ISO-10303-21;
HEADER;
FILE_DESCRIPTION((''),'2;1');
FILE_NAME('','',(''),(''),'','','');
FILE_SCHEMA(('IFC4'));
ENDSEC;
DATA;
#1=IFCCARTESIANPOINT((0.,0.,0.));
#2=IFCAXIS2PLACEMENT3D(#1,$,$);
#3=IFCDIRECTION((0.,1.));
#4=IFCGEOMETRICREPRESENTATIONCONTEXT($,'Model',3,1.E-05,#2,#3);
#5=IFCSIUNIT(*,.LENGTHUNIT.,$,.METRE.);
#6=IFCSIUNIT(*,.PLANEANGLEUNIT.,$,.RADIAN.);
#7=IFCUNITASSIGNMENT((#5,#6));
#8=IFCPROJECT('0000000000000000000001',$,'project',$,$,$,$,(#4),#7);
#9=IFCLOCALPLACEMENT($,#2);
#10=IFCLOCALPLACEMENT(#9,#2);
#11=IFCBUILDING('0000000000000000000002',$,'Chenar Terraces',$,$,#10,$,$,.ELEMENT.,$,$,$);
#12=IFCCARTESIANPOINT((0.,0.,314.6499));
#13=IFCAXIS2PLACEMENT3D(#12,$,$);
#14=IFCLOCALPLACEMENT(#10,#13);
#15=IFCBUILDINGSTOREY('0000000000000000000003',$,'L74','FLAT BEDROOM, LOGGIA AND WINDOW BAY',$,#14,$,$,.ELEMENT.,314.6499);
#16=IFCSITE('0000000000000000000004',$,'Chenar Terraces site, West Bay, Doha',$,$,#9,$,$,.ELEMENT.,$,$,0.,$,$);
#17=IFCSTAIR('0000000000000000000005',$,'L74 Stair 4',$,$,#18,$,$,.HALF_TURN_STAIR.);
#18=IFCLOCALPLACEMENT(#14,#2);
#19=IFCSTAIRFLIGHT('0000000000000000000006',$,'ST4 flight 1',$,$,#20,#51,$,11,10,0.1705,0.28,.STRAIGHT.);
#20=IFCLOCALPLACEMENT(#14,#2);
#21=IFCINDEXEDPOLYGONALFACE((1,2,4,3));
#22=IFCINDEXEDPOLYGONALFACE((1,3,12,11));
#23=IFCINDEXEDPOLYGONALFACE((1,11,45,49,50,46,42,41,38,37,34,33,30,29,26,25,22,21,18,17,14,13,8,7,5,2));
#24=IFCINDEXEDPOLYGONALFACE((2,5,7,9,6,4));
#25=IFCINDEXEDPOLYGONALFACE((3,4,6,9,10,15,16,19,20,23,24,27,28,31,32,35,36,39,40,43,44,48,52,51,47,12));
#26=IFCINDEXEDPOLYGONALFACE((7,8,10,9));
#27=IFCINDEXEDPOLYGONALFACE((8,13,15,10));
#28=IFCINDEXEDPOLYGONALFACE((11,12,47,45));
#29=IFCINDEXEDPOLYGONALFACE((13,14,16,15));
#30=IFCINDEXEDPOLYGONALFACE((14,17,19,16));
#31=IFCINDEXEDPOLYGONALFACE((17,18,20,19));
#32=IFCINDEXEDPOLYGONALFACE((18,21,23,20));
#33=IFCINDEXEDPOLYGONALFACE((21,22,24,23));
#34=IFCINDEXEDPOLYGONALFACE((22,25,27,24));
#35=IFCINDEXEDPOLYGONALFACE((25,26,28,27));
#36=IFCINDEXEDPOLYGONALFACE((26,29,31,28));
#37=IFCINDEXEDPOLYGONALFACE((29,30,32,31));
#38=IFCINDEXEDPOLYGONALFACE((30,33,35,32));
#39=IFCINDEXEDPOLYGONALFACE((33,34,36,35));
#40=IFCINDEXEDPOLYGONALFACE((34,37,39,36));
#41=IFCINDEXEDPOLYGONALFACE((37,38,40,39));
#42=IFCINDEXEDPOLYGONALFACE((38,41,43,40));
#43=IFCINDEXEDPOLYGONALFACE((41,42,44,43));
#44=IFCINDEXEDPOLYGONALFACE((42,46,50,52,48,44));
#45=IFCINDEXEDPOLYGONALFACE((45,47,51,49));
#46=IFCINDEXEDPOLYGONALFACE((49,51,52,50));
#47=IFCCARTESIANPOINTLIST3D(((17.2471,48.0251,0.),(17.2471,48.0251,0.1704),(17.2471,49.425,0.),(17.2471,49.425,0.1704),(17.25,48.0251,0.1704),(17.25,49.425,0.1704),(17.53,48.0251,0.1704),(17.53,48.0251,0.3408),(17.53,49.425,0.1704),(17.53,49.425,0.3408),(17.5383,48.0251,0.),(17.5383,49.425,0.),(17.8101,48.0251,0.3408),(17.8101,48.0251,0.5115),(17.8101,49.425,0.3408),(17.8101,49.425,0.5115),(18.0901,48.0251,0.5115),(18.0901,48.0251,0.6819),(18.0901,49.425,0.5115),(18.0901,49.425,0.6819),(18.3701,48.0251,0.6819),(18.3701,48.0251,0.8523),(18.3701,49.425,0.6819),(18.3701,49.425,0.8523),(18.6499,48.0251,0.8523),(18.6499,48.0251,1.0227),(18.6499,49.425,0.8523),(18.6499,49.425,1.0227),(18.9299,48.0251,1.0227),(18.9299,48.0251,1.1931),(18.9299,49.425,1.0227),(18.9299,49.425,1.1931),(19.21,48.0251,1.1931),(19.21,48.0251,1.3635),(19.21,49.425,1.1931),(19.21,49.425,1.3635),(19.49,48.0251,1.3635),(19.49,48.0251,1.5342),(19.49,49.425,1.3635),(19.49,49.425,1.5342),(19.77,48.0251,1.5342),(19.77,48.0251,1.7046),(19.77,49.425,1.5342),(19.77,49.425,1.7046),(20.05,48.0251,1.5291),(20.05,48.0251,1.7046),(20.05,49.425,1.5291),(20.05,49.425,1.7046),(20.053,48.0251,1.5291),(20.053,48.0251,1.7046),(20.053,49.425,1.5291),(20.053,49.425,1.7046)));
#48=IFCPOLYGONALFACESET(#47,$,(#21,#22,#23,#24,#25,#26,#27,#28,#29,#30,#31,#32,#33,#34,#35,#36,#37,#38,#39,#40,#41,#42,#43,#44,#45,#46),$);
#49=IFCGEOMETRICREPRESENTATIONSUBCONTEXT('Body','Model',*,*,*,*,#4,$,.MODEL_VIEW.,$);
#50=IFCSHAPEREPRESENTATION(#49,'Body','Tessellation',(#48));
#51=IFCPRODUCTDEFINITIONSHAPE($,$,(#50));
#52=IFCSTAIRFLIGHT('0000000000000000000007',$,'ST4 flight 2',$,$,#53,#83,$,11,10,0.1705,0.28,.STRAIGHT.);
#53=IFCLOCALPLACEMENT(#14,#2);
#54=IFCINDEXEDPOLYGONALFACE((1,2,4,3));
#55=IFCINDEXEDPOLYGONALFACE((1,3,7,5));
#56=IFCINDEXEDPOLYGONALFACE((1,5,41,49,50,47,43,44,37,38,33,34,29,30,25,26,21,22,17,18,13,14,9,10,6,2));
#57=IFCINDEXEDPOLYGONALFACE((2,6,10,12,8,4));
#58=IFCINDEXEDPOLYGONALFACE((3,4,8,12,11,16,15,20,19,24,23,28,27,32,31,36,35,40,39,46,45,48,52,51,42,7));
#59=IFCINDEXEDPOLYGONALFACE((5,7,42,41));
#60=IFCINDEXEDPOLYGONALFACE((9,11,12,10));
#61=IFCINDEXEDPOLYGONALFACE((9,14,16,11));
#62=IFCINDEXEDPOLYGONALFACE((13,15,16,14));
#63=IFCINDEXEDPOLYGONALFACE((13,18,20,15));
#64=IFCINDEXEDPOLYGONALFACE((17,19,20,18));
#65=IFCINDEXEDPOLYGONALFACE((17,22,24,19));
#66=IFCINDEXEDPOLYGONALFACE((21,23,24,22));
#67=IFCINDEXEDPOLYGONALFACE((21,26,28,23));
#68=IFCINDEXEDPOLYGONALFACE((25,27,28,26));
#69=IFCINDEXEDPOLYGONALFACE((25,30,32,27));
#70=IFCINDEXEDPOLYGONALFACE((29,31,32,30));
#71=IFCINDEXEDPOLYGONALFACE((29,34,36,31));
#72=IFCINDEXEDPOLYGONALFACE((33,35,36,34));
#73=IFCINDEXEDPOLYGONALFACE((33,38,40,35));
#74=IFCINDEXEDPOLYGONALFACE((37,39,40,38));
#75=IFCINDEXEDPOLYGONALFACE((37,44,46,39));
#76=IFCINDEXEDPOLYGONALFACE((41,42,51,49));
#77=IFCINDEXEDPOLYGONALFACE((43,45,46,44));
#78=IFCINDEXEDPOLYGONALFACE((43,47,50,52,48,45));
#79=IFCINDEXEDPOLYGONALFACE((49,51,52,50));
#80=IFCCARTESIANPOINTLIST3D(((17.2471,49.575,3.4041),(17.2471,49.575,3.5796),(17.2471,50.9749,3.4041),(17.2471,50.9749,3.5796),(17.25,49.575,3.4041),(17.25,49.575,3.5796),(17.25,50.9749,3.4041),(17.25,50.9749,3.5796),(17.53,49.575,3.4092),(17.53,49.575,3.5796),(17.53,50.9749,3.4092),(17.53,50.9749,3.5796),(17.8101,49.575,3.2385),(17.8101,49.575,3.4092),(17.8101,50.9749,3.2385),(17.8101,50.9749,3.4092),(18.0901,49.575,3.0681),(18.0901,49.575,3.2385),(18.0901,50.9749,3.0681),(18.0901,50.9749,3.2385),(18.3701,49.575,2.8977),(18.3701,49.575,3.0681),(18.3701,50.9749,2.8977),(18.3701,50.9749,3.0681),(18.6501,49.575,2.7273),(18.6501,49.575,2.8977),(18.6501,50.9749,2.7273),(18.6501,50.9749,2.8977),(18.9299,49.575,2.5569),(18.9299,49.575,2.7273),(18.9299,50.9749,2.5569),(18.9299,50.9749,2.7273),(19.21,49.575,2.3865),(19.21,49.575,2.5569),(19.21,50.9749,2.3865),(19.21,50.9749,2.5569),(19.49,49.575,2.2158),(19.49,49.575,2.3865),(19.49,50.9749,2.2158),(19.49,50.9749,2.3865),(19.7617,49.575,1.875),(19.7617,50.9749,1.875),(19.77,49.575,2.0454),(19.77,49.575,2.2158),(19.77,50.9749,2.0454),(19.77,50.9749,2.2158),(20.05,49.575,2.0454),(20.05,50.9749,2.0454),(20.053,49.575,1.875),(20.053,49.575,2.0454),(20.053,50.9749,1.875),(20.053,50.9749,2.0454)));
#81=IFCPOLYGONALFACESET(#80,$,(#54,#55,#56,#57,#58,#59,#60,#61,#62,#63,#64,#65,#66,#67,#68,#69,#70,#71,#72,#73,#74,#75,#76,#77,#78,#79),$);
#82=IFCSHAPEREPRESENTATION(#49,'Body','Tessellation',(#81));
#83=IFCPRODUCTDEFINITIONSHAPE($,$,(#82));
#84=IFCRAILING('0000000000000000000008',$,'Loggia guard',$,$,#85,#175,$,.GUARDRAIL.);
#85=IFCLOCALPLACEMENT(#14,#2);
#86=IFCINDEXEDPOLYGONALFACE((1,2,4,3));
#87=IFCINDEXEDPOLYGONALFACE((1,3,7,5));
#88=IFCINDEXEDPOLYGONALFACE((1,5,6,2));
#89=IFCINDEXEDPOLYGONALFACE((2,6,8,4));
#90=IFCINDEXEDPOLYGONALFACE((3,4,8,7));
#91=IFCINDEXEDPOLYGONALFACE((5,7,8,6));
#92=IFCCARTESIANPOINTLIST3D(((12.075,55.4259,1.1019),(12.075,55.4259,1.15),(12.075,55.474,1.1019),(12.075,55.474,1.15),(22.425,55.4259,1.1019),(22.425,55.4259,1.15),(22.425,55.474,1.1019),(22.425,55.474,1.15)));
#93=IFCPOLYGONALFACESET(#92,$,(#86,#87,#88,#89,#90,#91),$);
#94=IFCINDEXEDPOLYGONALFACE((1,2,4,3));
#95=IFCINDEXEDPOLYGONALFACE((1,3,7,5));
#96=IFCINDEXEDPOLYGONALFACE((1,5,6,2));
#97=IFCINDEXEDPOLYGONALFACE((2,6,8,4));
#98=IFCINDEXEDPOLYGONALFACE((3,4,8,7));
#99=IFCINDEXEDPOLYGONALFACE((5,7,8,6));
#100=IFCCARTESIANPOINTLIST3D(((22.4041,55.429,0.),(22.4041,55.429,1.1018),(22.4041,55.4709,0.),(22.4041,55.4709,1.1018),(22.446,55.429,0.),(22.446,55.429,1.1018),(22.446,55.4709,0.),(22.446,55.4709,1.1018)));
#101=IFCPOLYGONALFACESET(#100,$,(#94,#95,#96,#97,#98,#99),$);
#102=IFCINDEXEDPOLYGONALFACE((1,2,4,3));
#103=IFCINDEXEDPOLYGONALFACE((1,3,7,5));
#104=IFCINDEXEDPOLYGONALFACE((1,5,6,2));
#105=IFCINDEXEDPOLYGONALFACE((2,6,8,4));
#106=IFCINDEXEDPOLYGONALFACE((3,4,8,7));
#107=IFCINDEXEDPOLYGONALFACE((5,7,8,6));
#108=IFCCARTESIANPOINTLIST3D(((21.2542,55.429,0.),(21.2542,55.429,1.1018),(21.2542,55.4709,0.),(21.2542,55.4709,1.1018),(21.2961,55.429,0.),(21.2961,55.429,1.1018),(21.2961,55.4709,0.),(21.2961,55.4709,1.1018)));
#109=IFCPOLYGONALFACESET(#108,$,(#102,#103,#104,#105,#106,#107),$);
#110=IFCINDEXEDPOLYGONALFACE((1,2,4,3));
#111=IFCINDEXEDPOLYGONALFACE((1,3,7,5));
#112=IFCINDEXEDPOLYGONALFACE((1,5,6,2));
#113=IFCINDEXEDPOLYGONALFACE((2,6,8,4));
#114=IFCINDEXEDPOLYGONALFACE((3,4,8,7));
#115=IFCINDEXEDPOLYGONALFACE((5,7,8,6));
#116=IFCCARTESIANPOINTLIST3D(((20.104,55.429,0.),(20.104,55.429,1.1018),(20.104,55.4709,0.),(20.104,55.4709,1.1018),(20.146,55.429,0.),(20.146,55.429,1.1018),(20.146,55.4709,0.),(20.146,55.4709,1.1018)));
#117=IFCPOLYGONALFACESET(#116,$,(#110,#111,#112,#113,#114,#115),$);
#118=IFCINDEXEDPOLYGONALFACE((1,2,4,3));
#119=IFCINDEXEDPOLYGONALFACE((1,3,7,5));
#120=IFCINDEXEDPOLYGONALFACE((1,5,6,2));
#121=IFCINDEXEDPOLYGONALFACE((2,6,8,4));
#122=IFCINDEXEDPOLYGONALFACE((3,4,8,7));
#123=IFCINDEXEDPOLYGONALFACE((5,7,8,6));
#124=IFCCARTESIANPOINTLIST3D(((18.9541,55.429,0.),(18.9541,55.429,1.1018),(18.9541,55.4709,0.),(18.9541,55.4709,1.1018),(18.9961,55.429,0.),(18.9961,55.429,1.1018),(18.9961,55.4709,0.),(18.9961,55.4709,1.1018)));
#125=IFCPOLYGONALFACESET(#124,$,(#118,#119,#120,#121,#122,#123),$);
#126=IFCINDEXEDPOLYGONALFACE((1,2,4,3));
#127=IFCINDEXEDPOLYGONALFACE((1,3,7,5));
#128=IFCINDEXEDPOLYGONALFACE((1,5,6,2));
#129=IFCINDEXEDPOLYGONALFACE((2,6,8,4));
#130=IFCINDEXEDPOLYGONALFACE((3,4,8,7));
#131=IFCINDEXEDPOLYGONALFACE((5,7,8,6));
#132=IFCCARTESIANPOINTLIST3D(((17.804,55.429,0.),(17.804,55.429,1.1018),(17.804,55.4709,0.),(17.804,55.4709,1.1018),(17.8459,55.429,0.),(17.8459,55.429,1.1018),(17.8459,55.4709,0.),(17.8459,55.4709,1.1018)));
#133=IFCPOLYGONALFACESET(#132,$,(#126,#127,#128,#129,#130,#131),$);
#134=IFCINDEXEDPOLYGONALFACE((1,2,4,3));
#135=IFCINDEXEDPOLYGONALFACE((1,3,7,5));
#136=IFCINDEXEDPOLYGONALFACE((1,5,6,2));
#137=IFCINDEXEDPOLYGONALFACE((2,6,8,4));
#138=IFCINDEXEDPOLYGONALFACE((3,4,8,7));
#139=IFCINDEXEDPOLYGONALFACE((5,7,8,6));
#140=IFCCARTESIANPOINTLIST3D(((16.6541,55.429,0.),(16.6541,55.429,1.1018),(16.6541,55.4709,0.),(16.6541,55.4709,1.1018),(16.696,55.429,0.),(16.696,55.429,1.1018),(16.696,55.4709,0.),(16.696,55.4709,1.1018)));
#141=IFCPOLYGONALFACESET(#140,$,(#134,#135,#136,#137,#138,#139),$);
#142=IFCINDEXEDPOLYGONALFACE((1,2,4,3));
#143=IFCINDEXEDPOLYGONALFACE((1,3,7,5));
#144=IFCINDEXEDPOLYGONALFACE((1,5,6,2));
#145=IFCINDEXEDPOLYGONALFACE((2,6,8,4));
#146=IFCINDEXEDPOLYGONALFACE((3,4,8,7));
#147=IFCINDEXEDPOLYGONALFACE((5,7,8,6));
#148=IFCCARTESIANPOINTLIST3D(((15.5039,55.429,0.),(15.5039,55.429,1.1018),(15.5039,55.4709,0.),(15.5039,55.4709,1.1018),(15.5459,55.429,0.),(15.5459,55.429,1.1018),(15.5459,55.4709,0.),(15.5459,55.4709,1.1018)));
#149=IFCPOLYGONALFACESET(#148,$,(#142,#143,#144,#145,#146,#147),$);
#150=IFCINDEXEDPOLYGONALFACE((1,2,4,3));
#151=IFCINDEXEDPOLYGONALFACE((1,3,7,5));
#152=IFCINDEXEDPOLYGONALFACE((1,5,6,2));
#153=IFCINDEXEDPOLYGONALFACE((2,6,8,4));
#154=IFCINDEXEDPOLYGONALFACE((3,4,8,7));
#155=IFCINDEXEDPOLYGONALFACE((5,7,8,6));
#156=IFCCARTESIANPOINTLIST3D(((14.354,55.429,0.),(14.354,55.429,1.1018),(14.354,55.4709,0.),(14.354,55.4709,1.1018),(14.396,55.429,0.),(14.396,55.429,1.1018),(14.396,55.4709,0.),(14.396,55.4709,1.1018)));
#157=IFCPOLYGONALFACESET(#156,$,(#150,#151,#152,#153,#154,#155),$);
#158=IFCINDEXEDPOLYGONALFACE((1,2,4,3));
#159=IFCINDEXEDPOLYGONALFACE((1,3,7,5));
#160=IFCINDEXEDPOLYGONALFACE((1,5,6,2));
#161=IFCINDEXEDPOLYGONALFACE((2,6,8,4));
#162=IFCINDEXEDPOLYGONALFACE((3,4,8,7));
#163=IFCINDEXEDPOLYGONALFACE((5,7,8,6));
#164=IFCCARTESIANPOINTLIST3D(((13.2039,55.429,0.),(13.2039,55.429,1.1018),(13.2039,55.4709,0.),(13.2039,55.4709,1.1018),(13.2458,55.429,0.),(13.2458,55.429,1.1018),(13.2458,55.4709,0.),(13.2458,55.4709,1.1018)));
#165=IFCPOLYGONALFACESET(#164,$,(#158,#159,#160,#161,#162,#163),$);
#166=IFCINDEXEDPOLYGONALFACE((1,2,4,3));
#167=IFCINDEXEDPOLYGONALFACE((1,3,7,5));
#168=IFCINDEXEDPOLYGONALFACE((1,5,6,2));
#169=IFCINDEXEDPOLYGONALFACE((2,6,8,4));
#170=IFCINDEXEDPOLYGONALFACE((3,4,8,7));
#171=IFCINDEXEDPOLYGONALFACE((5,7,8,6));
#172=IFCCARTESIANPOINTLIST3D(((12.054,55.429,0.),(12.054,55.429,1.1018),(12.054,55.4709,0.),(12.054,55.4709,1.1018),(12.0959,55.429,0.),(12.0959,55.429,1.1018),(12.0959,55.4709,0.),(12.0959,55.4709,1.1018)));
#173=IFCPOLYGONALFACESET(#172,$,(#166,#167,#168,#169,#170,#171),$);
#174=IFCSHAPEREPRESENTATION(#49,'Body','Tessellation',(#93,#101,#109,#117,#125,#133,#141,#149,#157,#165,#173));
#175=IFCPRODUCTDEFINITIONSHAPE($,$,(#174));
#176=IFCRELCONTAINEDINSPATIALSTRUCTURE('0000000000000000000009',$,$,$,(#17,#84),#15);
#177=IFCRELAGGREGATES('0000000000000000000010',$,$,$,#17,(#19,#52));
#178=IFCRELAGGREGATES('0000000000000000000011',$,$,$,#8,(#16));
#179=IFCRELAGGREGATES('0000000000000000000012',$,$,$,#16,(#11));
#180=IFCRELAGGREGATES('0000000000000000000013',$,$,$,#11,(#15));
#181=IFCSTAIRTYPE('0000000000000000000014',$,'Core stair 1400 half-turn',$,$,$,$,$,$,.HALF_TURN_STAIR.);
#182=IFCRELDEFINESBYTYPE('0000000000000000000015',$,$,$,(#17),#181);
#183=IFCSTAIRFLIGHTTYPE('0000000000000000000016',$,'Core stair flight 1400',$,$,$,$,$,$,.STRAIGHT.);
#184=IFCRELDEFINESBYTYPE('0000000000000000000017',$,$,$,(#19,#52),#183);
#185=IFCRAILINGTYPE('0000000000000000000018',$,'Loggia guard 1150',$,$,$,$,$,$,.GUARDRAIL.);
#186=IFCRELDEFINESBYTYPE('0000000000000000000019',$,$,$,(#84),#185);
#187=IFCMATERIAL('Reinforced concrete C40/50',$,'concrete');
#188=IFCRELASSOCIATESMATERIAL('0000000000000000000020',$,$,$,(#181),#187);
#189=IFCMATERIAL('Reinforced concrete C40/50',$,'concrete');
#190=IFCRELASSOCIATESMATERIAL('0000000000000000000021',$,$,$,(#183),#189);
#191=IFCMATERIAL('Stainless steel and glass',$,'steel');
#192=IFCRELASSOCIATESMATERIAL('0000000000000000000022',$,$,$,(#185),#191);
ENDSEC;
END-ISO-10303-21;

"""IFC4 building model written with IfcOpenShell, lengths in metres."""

from ifc_helpers import new_model, si_unit, direction, frame, origin, origin_2d, place, context, subcontext, project, spatial, polyline, rectangle, outline, extrude, material, type_object, element, aggregate, save


model = new_model("IFC4")

# Units and contexts
model_context = context("Model", 3, precision=1e-05, world=origin(), true_north=direction((0.0, 1.0)))
body_context = subcontext(model_context, "Body", "Model", "MODEL_VIEW")
ifc_project = project(units=[si_unit("LENGTHUNIT", "METRE"), si_unit("PLANEANGLEUNIT", "RADIAN")], contexts=[model_context])

# Site, building, storey
site_placement = place(None, origin())
site = spatial("IfcSite", under=ifc_project, at=site_placement, Name="Chenar Terraces site, West Bay, Doha", CompositionType="ELEMENT", RefElevation=0.0)
building_placement = place(site_placement, origin())
building = spatial("IfcBuilding", under=site, at=building_placement, Name="Chenar Terraces", CompositionType="ELEMENT")
storey_placement = place(building_placement, frame((0.0, 0.0, 314.6499)))
storey = spatial("IfcBuildingStorey", under=building, at=storey_placement, Name="L74", Description="FLAT BEDROOM, LOGGIA AND WINDOW BAY", CompositionType="ELEMENT", Elevation=314.6499)

# Stair, stair flights
ifc_material_1 = material(Name="Reinforced concrete C40/50", Category="concrete")
stair_type = type_object("IfcStairType", Name="Core stair 1400 half-turn", PredefinedType="HALF_TURN_STAIR", material=ifc_material_1)
stair_placement = place(storey_placement, origin())
stair = element("IfcStair", 1, at=stair_placement, inside=storey, type_object=stair_type, Name="L74 Stair 4", PredefinedType="HALF_TURN_STAIR")
ifc_material_2 = material(Name="Reinforced concrete C40/50", Category="concrete")
stair_flight_type = type_object("IfcStairFlightType", Name="Core stair flight 1400", PredefinedType="STRAIGHT", material=ifc_material_2)
stair_flight_1_placement = place(storey_placement, frame((17.25, 48.7251, 0.0), z_axis=(0.0, 0.0, 1.0), x_axis=(1.0, 0.0, 0.0)))
stair_flight_1 = element("IfcStairFlight", 2, at=stair_flight_1_placement, type_object=stair_flight_type, Name="ST4 flight 1", NumberOfRisers=11, NumberOfTreads=10, PredefinedType="STRAIGHT", RiserHeight=0.1705, TreadLength=0.28, context=body_context, shape_type="SweptSolid", body=[
    extrude(outline(polyline([(-0.0029, 0.0), (-0.0029, 0.1704), (0.0, 0.1704), (0.28, 0.1704), (0.28, 0.3408), (0.5601, 0.3408), (0.5601, 0.5115), (0.8401, 0.5115), (0.8401, 0.6819), (1.1201, 0.6819), (1.1201, 0.8523), (1.3999, 0.8523), (1.3999, 1.0227), (1.6799, 1.0227), (1.6799, 1.1931), (1.96, 1.1931), (1.96, 1.3635), (2.24, 1.3635), (2.24, 1.5342), (2.52, 1.5342), (2.52, 1.7046), (2.8, 1.7046), (2.803, 1.7046), (2.803, 1.5291), (2.8, 1.5291), (0.2883, 0.0), (-0.0029, 0.0)])), frame((0.0, 0.7, 0.0), z_axis=(0.0, -1.0, 0.0), x_axis=(1.0, 0.0, 0.0)), (0.0, 0.0, 1.0), 1.3999),
])
stair_flight_2_placement = place(storey_placement, frame((20.05, 50.2749, 1.875), z_axis=(0.0, 0.0, 1.0), x_axis=(-1.0, 0.0, 0.0)))
stair_flight_2 = element("IfcStairFlight", 3, at=stair_flight_2_placement, type_object=stair_flight_type, Name="ST4 flight 2", NumberOfRisers=11, NumberOfTreads=10, PredefinedType="STRAIGHT", RiserHeight=0.1705, TreadLength=0.28, context=body_context, shape_type="SweptSolid", body=[
    extrude(outline(polyline([(-0.0029, 0.0), (-0.0029, 0.1704), (0.0, 0.1704), (0.28, 0.1704), (0.28, 0.3408), (0.5601, 0.3408), (0.5601, 0.5115), (0.8401, 0.5115), (0.8401, 0.6819), (1.1201, 0.6819), (1.1201, 0.8523), (1.3999, 0.8523), (1.3999, 1.0227), (1.6799, 1.0227), (1.6799, 1.1931), (1.96, 1.1931), (1.96, 1.3635), (2.24, 1.3635), (2.24, 1.5342), (2.52, 1.5342), (2.52, 1.7046), (2.8, 1.7046), (2.803, 1.7046), (2.803, 1.5291), (2.8, 1.5291), (0.2883, 0.0), (-0.0029, 0.0)])), frame((0.0, 0.7, 0.0), z_axis=(0.0, -1.0, 0.0), x_axis=(1.0, 0.0, 0.0)), (0.0, 0.0, 1.0), 1.3999),
])
aggregate(stair, [stair_flight_1, stair_flight_2])

# Railing
ifc_material_3 = material(Name="Stainless steel and glass", Category="steel")
railing_type_1 = type_object("IfcRailingType", Name="Loggia guard 1150", PredefinedType="GUARDRAIL", material=ifc_material_3)
railing_1_placement = place(storey_placement, frame((22.425, 55.45, 0.0)))
element("IfcRailing", 4, at=railing_1_placement, inside=storey, type_object=railing_type_1, Name="Loggia guard", PredefinedType="GUARDRAIL", context=body_context, shape_type="SweptSolid", body=[
    extrude(rectangle(XDim=0.0481, YDim=0.0481, at=origin_2d()), frame((0.0, 0.0, 1.126), z_axis=(-1.0, 0.0, 0.0), x_axis=(0.0, -1.0, 0.0)), (0.0, 0.0, 1.0), 10.3501),
    extrude(rectangle(XDim=0.042, YDim=0.042, at=origin_2d()), origin(), (0.0, 0.0, 1.0), 1.1018),
    extrude(rectangle(XDim=0.042, YDim=0.042, at=origin_2d()), frame((-1.1499, 0.0, 0.0)), (0.0, 0.0, 1.0), 1.1018),
    extrude(rectangle(XDim=0.042, YDim=0.042, at=origin_2d()), frame((-2.3, 0.0, 0.0)), (0.0, 0.0, 1.0), 1.1018),
    extrude(rectangle(XDim=0.042, YDim=0.042, at=origin_2d()), frame((-3.45, 0.0, 0.0)), (0.0, 0.0, 1.0), 1.1018),
    extrude(rectangle(XDim=0.042, YDim=0.042, at=origin_2d()), frame((-4.6001, 0.0, 0.0)), (0.0, 0.0, 1.0), 1.1018),
    extrude(rectangle(XDim=0.042, YDim=0.042, at=origin_2d()), frame((-5.75, 0.0, 0.0)), (0.0, 0.0, 1.0), 1.1018),
    extrude(rectangle(XDim=0.042, YDim=0.042, at=origin_2d()), frame((-6.9001, 0.0, 0.0)), (0.0, 0.0, 1.0), 1.1018),
    extrude(rectangle(XDim=0.042, YDim=0.042, at=origin_2d()), frame((-8.05, 0.0, 0.0)), (0.0, 0.0, 1.0), 1.1018),
    extrude(rectangle(XDim=0.042, YDim=0.042, at=origin_2d()), frame((-9.2002, 0.0, 0.0)), (0.0, 0.0, 1.0), 1.1018),
    extrude(rectangle(XDim=0.042, YDim=0.042, at=origin_2d()), frame((-10.3501, 0.0, 0.0)), (0.0, 0.0, 1.0), 1.1018),
])

save(model, "model.ifc")
